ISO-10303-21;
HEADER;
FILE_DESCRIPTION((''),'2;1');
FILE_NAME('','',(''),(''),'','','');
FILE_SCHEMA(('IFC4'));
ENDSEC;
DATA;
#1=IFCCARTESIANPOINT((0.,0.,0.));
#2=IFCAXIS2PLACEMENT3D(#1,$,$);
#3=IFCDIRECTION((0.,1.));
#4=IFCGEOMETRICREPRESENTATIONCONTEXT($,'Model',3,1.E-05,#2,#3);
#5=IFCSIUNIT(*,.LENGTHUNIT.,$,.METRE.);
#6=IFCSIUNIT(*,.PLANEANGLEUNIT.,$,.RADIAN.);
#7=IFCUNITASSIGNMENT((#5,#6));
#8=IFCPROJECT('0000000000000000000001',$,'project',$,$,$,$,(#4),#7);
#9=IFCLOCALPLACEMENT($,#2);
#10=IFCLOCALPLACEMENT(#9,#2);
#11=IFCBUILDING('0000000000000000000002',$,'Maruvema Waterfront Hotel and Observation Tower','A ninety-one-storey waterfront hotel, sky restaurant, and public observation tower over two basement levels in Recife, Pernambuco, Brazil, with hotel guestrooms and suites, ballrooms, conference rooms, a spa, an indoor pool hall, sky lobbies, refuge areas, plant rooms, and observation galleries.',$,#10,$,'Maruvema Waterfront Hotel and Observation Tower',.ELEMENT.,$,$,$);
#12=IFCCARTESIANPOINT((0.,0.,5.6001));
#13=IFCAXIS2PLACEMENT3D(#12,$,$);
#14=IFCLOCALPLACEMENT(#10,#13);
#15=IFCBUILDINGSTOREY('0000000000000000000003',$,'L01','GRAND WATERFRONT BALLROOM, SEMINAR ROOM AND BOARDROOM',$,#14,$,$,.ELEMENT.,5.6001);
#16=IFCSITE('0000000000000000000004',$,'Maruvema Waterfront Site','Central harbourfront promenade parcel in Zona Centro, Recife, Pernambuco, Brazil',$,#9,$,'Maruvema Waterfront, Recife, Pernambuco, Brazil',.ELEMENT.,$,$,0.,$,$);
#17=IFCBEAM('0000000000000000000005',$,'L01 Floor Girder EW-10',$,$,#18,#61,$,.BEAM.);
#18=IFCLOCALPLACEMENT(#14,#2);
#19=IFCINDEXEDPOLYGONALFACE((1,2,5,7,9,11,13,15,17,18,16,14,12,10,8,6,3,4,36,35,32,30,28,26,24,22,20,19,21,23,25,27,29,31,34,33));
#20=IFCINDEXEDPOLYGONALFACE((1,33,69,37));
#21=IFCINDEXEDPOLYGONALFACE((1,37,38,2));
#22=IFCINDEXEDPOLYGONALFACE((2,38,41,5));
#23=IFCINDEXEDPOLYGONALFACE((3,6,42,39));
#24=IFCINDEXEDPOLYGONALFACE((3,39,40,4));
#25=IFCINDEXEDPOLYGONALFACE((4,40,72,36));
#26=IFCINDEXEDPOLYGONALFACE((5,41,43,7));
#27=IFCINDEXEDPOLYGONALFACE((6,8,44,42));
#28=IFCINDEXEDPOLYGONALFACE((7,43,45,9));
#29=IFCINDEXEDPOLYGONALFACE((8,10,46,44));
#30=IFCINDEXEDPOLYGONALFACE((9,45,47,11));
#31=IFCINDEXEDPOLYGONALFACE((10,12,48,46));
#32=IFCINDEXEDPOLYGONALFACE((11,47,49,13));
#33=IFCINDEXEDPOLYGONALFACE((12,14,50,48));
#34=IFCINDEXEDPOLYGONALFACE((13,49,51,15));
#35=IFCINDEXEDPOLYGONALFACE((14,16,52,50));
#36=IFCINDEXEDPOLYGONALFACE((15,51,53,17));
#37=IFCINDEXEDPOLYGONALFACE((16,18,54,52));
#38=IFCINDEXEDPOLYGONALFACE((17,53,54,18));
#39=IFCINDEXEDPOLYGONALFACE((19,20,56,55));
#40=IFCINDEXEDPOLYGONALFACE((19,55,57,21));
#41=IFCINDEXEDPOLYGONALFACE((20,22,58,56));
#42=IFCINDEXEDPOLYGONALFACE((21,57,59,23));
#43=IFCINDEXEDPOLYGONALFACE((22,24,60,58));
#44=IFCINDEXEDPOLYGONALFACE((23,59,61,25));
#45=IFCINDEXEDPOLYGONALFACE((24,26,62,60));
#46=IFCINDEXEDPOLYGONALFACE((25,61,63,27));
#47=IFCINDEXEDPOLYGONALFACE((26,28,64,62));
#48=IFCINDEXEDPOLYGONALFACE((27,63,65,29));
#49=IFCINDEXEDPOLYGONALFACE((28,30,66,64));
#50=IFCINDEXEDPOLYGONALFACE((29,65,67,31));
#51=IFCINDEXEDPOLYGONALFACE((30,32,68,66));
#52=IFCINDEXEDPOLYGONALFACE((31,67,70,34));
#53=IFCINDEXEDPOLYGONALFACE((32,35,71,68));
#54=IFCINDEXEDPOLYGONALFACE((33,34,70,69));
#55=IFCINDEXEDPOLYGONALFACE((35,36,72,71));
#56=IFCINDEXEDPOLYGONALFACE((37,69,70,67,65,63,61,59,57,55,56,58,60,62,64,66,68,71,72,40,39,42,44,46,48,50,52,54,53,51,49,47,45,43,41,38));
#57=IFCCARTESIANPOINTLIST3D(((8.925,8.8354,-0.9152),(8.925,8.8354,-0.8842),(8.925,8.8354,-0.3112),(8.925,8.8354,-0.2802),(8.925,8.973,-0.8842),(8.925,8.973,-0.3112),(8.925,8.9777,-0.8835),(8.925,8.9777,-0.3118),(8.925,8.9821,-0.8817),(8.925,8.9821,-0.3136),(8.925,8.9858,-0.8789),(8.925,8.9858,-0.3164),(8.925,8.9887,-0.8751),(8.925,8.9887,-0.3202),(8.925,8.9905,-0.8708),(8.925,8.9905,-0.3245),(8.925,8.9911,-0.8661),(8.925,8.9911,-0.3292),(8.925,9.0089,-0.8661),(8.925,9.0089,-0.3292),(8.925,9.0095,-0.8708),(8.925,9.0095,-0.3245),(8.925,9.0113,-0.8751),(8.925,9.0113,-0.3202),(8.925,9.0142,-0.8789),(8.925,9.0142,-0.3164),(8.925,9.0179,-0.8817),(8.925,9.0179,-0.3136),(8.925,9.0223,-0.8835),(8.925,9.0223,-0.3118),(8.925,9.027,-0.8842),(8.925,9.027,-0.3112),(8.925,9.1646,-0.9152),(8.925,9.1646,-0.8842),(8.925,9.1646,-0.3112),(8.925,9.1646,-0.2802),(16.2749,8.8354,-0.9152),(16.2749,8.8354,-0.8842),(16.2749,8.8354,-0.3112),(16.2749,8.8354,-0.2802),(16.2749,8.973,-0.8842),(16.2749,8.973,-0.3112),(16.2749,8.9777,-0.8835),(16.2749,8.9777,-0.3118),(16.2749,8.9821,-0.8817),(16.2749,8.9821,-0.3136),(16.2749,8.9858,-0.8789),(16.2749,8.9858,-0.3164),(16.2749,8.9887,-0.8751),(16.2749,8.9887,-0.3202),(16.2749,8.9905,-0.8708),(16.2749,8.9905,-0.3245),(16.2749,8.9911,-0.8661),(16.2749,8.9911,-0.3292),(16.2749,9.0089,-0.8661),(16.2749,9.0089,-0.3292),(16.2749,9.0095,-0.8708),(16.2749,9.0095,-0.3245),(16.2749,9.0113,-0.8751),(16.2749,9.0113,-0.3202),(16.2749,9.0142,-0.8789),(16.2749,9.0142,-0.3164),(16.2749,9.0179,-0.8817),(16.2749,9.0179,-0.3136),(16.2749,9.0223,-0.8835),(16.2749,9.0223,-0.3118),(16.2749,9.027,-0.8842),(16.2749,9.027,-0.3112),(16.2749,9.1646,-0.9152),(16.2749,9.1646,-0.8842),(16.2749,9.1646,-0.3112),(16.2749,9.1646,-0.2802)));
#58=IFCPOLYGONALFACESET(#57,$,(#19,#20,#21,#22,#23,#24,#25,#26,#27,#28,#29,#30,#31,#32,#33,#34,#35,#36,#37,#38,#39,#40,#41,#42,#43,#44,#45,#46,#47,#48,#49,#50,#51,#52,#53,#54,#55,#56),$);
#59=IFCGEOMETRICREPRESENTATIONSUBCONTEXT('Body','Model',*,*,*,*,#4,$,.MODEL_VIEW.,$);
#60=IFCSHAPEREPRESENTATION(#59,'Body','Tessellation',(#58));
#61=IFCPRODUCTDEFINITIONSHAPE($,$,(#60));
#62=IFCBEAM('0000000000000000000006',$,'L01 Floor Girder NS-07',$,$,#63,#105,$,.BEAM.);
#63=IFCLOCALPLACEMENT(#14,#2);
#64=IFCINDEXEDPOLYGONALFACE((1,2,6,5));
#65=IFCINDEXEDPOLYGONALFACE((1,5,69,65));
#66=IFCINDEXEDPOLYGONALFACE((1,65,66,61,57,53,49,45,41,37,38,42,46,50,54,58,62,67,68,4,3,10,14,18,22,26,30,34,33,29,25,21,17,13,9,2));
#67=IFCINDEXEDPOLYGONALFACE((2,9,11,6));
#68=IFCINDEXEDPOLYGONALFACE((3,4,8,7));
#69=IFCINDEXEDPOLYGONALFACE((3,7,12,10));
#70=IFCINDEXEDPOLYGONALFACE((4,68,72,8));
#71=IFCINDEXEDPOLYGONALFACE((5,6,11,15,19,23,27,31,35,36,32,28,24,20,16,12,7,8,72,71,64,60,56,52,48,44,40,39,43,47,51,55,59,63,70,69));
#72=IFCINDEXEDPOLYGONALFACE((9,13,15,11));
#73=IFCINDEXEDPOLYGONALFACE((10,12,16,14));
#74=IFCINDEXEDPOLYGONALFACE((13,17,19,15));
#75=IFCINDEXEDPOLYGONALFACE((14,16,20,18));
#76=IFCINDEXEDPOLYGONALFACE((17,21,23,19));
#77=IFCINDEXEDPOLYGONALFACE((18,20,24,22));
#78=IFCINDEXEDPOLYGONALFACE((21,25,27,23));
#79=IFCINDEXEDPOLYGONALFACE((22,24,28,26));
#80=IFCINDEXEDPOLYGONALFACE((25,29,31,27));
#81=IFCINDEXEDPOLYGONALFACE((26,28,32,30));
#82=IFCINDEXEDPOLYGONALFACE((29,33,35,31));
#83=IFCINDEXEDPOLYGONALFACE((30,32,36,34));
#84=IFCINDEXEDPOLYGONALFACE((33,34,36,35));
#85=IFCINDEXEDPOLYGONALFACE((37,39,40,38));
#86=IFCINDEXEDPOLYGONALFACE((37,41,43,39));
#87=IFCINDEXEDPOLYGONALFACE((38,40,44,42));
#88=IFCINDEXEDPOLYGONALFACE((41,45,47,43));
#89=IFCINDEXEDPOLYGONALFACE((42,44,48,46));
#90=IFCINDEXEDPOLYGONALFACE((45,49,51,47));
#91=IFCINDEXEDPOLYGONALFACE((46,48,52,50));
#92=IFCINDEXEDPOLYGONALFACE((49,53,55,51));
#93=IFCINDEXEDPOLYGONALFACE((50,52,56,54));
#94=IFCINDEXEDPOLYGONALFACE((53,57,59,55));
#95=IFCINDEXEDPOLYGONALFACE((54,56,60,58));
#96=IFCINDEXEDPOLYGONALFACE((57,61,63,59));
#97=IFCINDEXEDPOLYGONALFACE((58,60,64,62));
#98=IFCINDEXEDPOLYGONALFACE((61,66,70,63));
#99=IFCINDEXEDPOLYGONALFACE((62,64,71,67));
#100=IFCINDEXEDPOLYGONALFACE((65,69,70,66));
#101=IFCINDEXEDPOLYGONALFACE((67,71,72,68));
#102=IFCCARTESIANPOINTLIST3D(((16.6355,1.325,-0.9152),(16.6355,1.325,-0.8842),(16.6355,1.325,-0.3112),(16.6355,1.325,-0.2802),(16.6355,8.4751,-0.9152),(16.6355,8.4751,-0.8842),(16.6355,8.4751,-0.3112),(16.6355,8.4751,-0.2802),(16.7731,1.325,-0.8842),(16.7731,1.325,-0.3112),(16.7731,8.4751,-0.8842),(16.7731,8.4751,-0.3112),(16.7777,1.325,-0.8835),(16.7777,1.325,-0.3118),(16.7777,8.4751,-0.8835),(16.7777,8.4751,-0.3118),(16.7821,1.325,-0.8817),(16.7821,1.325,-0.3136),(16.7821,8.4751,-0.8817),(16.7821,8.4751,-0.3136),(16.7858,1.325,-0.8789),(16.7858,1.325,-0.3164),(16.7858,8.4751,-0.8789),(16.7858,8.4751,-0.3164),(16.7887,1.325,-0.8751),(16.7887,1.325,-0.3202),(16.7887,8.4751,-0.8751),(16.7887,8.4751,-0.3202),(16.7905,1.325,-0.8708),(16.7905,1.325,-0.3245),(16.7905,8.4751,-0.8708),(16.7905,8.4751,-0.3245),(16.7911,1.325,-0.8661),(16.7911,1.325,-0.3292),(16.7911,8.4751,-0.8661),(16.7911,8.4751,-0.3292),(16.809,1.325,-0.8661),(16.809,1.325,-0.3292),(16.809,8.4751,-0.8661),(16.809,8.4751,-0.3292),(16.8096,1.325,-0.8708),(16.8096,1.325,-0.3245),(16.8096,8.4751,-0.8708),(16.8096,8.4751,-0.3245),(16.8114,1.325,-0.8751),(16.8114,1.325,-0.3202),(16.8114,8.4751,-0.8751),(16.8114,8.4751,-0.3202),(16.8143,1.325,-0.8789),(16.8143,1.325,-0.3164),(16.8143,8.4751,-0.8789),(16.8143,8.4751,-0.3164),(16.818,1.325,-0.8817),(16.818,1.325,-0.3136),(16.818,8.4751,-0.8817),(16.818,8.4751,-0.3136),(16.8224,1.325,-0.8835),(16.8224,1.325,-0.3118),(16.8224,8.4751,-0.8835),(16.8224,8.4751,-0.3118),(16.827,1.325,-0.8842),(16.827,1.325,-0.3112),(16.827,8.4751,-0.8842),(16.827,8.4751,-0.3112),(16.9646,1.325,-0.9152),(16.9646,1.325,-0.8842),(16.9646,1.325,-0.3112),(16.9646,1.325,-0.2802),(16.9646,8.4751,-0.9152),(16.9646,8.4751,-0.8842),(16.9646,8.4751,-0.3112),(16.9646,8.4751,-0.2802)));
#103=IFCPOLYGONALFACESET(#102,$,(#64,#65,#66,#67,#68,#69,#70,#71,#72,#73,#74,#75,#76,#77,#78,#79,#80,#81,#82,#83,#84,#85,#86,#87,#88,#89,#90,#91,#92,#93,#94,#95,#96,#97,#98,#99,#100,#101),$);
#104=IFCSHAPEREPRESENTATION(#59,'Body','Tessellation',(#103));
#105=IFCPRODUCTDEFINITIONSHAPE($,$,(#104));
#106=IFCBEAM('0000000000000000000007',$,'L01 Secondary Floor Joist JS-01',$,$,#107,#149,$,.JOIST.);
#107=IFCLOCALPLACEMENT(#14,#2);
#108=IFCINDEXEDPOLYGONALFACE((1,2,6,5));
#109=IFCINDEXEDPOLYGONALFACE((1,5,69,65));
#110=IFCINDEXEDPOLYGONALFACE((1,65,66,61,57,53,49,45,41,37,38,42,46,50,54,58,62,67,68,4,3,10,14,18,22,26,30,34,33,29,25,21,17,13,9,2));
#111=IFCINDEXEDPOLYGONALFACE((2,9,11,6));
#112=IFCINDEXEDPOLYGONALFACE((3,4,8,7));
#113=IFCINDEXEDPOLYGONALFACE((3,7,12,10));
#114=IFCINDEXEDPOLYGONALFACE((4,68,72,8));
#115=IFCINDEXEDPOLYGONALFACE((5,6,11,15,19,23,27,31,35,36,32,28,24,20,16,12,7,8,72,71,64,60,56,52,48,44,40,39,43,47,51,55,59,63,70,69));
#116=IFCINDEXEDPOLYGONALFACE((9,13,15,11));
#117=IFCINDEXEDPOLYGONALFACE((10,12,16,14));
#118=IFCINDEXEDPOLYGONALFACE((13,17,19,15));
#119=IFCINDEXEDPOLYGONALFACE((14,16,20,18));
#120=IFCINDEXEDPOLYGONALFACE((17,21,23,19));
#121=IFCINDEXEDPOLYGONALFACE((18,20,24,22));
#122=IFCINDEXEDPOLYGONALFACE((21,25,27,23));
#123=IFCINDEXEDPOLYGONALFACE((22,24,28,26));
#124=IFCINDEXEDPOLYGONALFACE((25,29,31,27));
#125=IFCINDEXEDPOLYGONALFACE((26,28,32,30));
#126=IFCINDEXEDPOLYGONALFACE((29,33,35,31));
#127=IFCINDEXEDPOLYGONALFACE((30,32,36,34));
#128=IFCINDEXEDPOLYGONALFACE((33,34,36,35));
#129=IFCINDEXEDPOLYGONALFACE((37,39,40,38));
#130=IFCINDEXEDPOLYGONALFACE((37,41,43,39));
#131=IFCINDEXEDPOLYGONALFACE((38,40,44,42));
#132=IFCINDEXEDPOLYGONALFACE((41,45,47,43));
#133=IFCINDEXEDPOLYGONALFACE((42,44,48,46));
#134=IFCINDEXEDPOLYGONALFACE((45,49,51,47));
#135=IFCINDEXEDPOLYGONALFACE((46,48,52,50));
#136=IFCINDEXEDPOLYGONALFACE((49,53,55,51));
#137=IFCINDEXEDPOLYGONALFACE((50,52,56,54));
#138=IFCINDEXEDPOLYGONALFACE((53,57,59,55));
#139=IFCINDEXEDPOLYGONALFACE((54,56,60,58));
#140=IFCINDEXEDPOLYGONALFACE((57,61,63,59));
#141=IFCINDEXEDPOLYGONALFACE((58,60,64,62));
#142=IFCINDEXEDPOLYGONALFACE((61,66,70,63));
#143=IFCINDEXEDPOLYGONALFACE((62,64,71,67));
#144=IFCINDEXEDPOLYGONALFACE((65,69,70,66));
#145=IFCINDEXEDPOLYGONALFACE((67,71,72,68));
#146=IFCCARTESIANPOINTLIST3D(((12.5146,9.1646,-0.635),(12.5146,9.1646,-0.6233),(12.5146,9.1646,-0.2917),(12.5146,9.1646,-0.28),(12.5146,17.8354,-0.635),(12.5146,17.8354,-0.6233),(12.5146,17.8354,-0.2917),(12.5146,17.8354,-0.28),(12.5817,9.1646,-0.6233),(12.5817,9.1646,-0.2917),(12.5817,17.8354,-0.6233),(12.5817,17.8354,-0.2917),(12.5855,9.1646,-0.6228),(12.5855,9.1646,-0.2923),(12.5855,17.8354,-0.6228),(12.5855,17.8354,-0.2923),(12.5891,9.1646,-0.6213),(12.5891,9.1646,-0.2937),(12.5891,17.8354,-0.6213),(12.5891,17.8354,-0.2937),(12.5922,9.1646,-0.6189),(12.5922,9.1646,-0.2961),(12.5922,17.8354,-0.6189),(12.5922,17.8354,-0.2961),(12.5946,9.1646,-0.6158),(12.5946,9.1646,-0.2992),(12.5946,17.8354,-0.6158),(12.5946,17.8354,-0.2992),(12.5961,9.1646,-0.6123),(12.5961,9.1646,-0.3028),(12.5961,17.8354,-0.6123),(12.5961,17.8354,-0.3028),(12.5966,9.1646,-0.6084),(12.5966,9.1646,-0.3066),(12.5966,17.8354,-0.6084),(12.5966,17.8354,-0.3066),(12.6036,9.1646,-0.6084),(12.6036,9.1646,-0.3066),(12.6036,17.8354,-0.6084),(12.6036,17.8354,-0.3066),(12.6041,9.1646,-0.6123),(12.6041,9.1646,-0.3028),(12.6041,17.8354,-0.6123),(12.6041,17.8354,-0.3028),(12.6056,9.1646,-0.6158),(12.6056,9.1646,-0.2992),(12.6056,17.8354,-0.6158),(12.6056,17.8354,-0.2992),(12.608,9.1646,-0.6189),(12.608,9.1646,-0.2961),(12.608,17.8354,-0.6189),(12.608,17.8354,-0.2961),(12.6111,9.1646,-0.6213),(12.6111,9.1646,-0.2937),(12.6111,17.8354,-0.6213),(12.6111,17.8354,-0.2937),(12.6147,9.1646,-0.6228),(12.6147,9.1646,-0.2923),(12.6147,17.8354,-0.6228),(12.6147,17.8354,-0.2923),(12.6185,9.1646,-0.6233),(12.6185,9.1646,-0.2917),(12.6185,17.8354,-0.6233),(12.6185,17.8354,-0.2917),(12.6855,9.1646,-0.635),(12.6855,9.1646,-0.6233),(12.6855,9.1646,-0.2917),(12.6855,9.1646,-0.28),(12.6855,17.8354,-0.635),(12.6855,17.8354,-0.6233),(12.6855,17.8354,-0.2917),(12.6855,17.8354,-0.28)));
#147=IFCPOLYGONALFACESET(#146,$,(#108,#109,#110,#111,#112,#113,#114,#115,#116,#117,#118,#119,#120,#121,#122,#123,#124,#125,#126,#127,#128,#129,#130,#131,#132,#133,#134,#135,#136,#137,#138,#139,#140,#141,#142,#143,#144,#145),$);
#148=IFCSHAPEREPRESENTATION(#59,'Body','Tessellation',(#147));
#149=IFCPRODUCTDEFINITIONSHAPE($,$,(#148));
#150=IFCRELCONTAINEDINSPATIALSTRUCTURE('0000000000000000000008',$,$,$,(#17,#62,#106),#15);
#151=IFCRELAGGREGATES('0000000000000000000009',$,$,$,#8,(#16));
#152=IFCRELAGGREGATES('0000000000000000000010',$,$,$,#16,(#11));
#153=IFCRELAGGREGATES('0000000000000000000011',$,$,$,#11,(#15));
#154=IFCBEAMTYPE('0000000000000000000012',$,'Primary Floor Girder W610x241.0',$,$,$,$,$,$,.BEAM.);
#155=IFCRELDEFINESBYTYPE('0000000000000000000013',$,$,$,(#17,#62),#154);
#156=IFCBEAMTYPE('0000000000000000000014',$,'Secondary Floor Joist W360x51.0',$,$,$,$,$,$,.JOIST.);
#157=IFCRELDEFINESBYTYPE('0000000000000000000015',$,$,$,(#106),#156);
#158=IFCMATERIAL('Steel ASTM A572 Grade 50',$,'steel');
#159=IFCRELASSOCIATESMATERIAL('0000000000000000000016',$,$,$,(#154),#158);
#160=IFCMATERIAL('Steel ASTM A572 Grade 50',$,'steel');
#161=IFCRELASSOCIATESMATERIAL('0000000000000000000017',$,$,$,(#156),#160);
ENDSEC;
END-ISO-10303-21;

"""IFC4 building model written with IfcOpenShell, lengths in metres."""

from ifc_helpers import new_model, si_unit, direction, frame, origin, origin_2d, place, context, subcontext, project, spatial, i_section, extrude, material, material_profile, profile_set, type_object, element, save


model = new_model("IFC4")

# Units and contexts
model_context = context("Model", 3, precision=1e-05, world=origin(), true_north=direction((0.0, 1.0)))
body_context = subcontext(model_context, "Body", "Model", "MODEL_VIEW")
ifc_project = project(units=[si_unit("LENGTHUNIT", "METRE"), si_unit("PLANEANGLEUNIT", "RADIAN")], contexts=[model_context])

# Site, building, storey
site_placement = place(None, origin())
site = spatial("IfcSite", under=ifc_project, at=site_placement, Name="Maruvema Waterfront Site", Description="Central harbourfront promenade parcel in Zona Centro, Recife, Pernambuco, Brazil", LongName="Maruvema Waterfront, Recife, Pernambuco, Brazil", CompositionType="ELEMENT", RefElevation=0.0)
building_placement = place(site_placement, origin())
building = spatial("IfcBuilding", under=site, at=building_placement, Name="Maruvema Waterfront Hotel and Observation Tower", Description="A ninety-one-storey waterfront hotel, sky restaurant, and public observation tower over two basement levels in Recife, Pernambuco, Brazil, with hotel guestrooms and suites, ballrooms, conference rooms, a spa, an indoor pool hall, sky lobbies, refuge areas, plant rooms, and observation galleries.", LongName="Maruvema Waterfront Hotel and Observation Tower", CompositionType="ELEMENT")
storey_placement = place(building_placement, frame((0.0, 0.0, 5.6001)))
storey = spatial("IfcBuildingStorey", under=building, at=storey_placement, Name="L01", Description="GRAND WATERFRONT BALLROOM, SEMINAR ROOM AND BOARDROOM", CompositionType="ELEMENT", Elevation=5.6001)

# Beams
ifc_material_1 = material(Name="Steel ASTM A572 Grade 50", Category="steel")
ifc_material_profile_1 = material_profile(ifc_material_1, i_section(OverallWidth=0.3291, OverallDepth=0.635, WebThickness=0.0178, FlangeThickness=0.031, FilletRadius=0.0181, at=origin_2d()), Name="W610x241.0")
ifc_profile_set_1 = profile_set([ifc_material_profile_1], Name="Steel ASTM A572 Grade 50")
beam_type_1 = type_object("IfcBeamType", Name="Primary Floor Girder W610x241.0", PredefinedType="BEAM", material=ifc_profile_set_1)
beam_1_placement = place(storey_placement, frame((8.925, 9.0, -0.5977), z_axis=(1.0, 0.0, 0.0), x_axis=(0.0, 1.0, 0.0)))
element("IfcBeam", 1, at=beam_1_placement, inside=storey, type_object=beam_type_1, Name="L01 Floor Girder EW-10", PredefinedType="BEAM", context=body_context, shape_type="SweptSolid", body=[
    extrude(i_section(OverallWidth=0.3291, OverallDepth=0.635, WebThickness=0.0178, FlangeThickness=0.031, FilletRadius=0.0181, at=origin_2d()), origin(), (0.0, 0.0, 1.0), 7.3499),
])
beam_2_placement = place(storey_placement, frame((16.8, 1.325, -0.5977), z_axis=(0.0, 1.0, 0.0), x_axis=(-1.0, 0.0, 0.0)))
element("IfcBeam", 2, at=beam_2_placement, inside=storey, type_object=beam_type_1, Name="L01 Floor Girder NS-07", PredefinedType="BEAM", context=body_context, shape_type="SweptSolid", body=[
    extrude(i_section(OverallWidth=0.3291, OverallDepth=0.635, WebThickness=0.0178, FlangeThickness=0.031, FilletRadius=0.0181, at=origin_2d()), origin(), (0.0, 0.0, 1.0), 7.1501),
])
ifc_material_2 = material(Name="Steel ASTM A572 Grade 50", Category="steel")
ifc_material_profile_2 = material_profile(ifc_material_2, i_section(OverallWidth=0.1709, OverallDepth=0.355, WebThickness=0.0071, FlangeThickness=0.0117, FilletRadius=0.0149, at=origin_2d()), Name="W360x51.0")
ifc_profile_set_2 = profile_set([ifc_material_profile_2], Name="Steel ASTM A572 Grade 50")
beam_type_2 = type_object("IfcBeamType", Name="Secondary Floor Joist W360x51.0", PredefinedType="JOIST", material=ifc_profile_set_2)
beam_3_placement = place(storey_placement, frame((12.6001, 9.1646, -0.4575), z_axis=(0.0, 1.0, 0.0), x_axis=(-1.0, 0.0, 0.0)))
element("IfcBeam", 3, at=beam_3_placement, inside=storey, type_object=beam_type_2, Name="L01 Secondary Floor Joist JS-01", PredefinedType="JOIST", context=body_context, shape_type="SweptSolid", body=[
    extrude(i_section(OverallWidth=0.1709, OverallDepth=0.355, WebThickness=0.0071, FlangeThickness=0.0117, FilletRadius=0.0149, at=origin_2d()), origin(), (0.0, 0.0, 1.0), 8.6709),
])

save(model, "model.ifc")
